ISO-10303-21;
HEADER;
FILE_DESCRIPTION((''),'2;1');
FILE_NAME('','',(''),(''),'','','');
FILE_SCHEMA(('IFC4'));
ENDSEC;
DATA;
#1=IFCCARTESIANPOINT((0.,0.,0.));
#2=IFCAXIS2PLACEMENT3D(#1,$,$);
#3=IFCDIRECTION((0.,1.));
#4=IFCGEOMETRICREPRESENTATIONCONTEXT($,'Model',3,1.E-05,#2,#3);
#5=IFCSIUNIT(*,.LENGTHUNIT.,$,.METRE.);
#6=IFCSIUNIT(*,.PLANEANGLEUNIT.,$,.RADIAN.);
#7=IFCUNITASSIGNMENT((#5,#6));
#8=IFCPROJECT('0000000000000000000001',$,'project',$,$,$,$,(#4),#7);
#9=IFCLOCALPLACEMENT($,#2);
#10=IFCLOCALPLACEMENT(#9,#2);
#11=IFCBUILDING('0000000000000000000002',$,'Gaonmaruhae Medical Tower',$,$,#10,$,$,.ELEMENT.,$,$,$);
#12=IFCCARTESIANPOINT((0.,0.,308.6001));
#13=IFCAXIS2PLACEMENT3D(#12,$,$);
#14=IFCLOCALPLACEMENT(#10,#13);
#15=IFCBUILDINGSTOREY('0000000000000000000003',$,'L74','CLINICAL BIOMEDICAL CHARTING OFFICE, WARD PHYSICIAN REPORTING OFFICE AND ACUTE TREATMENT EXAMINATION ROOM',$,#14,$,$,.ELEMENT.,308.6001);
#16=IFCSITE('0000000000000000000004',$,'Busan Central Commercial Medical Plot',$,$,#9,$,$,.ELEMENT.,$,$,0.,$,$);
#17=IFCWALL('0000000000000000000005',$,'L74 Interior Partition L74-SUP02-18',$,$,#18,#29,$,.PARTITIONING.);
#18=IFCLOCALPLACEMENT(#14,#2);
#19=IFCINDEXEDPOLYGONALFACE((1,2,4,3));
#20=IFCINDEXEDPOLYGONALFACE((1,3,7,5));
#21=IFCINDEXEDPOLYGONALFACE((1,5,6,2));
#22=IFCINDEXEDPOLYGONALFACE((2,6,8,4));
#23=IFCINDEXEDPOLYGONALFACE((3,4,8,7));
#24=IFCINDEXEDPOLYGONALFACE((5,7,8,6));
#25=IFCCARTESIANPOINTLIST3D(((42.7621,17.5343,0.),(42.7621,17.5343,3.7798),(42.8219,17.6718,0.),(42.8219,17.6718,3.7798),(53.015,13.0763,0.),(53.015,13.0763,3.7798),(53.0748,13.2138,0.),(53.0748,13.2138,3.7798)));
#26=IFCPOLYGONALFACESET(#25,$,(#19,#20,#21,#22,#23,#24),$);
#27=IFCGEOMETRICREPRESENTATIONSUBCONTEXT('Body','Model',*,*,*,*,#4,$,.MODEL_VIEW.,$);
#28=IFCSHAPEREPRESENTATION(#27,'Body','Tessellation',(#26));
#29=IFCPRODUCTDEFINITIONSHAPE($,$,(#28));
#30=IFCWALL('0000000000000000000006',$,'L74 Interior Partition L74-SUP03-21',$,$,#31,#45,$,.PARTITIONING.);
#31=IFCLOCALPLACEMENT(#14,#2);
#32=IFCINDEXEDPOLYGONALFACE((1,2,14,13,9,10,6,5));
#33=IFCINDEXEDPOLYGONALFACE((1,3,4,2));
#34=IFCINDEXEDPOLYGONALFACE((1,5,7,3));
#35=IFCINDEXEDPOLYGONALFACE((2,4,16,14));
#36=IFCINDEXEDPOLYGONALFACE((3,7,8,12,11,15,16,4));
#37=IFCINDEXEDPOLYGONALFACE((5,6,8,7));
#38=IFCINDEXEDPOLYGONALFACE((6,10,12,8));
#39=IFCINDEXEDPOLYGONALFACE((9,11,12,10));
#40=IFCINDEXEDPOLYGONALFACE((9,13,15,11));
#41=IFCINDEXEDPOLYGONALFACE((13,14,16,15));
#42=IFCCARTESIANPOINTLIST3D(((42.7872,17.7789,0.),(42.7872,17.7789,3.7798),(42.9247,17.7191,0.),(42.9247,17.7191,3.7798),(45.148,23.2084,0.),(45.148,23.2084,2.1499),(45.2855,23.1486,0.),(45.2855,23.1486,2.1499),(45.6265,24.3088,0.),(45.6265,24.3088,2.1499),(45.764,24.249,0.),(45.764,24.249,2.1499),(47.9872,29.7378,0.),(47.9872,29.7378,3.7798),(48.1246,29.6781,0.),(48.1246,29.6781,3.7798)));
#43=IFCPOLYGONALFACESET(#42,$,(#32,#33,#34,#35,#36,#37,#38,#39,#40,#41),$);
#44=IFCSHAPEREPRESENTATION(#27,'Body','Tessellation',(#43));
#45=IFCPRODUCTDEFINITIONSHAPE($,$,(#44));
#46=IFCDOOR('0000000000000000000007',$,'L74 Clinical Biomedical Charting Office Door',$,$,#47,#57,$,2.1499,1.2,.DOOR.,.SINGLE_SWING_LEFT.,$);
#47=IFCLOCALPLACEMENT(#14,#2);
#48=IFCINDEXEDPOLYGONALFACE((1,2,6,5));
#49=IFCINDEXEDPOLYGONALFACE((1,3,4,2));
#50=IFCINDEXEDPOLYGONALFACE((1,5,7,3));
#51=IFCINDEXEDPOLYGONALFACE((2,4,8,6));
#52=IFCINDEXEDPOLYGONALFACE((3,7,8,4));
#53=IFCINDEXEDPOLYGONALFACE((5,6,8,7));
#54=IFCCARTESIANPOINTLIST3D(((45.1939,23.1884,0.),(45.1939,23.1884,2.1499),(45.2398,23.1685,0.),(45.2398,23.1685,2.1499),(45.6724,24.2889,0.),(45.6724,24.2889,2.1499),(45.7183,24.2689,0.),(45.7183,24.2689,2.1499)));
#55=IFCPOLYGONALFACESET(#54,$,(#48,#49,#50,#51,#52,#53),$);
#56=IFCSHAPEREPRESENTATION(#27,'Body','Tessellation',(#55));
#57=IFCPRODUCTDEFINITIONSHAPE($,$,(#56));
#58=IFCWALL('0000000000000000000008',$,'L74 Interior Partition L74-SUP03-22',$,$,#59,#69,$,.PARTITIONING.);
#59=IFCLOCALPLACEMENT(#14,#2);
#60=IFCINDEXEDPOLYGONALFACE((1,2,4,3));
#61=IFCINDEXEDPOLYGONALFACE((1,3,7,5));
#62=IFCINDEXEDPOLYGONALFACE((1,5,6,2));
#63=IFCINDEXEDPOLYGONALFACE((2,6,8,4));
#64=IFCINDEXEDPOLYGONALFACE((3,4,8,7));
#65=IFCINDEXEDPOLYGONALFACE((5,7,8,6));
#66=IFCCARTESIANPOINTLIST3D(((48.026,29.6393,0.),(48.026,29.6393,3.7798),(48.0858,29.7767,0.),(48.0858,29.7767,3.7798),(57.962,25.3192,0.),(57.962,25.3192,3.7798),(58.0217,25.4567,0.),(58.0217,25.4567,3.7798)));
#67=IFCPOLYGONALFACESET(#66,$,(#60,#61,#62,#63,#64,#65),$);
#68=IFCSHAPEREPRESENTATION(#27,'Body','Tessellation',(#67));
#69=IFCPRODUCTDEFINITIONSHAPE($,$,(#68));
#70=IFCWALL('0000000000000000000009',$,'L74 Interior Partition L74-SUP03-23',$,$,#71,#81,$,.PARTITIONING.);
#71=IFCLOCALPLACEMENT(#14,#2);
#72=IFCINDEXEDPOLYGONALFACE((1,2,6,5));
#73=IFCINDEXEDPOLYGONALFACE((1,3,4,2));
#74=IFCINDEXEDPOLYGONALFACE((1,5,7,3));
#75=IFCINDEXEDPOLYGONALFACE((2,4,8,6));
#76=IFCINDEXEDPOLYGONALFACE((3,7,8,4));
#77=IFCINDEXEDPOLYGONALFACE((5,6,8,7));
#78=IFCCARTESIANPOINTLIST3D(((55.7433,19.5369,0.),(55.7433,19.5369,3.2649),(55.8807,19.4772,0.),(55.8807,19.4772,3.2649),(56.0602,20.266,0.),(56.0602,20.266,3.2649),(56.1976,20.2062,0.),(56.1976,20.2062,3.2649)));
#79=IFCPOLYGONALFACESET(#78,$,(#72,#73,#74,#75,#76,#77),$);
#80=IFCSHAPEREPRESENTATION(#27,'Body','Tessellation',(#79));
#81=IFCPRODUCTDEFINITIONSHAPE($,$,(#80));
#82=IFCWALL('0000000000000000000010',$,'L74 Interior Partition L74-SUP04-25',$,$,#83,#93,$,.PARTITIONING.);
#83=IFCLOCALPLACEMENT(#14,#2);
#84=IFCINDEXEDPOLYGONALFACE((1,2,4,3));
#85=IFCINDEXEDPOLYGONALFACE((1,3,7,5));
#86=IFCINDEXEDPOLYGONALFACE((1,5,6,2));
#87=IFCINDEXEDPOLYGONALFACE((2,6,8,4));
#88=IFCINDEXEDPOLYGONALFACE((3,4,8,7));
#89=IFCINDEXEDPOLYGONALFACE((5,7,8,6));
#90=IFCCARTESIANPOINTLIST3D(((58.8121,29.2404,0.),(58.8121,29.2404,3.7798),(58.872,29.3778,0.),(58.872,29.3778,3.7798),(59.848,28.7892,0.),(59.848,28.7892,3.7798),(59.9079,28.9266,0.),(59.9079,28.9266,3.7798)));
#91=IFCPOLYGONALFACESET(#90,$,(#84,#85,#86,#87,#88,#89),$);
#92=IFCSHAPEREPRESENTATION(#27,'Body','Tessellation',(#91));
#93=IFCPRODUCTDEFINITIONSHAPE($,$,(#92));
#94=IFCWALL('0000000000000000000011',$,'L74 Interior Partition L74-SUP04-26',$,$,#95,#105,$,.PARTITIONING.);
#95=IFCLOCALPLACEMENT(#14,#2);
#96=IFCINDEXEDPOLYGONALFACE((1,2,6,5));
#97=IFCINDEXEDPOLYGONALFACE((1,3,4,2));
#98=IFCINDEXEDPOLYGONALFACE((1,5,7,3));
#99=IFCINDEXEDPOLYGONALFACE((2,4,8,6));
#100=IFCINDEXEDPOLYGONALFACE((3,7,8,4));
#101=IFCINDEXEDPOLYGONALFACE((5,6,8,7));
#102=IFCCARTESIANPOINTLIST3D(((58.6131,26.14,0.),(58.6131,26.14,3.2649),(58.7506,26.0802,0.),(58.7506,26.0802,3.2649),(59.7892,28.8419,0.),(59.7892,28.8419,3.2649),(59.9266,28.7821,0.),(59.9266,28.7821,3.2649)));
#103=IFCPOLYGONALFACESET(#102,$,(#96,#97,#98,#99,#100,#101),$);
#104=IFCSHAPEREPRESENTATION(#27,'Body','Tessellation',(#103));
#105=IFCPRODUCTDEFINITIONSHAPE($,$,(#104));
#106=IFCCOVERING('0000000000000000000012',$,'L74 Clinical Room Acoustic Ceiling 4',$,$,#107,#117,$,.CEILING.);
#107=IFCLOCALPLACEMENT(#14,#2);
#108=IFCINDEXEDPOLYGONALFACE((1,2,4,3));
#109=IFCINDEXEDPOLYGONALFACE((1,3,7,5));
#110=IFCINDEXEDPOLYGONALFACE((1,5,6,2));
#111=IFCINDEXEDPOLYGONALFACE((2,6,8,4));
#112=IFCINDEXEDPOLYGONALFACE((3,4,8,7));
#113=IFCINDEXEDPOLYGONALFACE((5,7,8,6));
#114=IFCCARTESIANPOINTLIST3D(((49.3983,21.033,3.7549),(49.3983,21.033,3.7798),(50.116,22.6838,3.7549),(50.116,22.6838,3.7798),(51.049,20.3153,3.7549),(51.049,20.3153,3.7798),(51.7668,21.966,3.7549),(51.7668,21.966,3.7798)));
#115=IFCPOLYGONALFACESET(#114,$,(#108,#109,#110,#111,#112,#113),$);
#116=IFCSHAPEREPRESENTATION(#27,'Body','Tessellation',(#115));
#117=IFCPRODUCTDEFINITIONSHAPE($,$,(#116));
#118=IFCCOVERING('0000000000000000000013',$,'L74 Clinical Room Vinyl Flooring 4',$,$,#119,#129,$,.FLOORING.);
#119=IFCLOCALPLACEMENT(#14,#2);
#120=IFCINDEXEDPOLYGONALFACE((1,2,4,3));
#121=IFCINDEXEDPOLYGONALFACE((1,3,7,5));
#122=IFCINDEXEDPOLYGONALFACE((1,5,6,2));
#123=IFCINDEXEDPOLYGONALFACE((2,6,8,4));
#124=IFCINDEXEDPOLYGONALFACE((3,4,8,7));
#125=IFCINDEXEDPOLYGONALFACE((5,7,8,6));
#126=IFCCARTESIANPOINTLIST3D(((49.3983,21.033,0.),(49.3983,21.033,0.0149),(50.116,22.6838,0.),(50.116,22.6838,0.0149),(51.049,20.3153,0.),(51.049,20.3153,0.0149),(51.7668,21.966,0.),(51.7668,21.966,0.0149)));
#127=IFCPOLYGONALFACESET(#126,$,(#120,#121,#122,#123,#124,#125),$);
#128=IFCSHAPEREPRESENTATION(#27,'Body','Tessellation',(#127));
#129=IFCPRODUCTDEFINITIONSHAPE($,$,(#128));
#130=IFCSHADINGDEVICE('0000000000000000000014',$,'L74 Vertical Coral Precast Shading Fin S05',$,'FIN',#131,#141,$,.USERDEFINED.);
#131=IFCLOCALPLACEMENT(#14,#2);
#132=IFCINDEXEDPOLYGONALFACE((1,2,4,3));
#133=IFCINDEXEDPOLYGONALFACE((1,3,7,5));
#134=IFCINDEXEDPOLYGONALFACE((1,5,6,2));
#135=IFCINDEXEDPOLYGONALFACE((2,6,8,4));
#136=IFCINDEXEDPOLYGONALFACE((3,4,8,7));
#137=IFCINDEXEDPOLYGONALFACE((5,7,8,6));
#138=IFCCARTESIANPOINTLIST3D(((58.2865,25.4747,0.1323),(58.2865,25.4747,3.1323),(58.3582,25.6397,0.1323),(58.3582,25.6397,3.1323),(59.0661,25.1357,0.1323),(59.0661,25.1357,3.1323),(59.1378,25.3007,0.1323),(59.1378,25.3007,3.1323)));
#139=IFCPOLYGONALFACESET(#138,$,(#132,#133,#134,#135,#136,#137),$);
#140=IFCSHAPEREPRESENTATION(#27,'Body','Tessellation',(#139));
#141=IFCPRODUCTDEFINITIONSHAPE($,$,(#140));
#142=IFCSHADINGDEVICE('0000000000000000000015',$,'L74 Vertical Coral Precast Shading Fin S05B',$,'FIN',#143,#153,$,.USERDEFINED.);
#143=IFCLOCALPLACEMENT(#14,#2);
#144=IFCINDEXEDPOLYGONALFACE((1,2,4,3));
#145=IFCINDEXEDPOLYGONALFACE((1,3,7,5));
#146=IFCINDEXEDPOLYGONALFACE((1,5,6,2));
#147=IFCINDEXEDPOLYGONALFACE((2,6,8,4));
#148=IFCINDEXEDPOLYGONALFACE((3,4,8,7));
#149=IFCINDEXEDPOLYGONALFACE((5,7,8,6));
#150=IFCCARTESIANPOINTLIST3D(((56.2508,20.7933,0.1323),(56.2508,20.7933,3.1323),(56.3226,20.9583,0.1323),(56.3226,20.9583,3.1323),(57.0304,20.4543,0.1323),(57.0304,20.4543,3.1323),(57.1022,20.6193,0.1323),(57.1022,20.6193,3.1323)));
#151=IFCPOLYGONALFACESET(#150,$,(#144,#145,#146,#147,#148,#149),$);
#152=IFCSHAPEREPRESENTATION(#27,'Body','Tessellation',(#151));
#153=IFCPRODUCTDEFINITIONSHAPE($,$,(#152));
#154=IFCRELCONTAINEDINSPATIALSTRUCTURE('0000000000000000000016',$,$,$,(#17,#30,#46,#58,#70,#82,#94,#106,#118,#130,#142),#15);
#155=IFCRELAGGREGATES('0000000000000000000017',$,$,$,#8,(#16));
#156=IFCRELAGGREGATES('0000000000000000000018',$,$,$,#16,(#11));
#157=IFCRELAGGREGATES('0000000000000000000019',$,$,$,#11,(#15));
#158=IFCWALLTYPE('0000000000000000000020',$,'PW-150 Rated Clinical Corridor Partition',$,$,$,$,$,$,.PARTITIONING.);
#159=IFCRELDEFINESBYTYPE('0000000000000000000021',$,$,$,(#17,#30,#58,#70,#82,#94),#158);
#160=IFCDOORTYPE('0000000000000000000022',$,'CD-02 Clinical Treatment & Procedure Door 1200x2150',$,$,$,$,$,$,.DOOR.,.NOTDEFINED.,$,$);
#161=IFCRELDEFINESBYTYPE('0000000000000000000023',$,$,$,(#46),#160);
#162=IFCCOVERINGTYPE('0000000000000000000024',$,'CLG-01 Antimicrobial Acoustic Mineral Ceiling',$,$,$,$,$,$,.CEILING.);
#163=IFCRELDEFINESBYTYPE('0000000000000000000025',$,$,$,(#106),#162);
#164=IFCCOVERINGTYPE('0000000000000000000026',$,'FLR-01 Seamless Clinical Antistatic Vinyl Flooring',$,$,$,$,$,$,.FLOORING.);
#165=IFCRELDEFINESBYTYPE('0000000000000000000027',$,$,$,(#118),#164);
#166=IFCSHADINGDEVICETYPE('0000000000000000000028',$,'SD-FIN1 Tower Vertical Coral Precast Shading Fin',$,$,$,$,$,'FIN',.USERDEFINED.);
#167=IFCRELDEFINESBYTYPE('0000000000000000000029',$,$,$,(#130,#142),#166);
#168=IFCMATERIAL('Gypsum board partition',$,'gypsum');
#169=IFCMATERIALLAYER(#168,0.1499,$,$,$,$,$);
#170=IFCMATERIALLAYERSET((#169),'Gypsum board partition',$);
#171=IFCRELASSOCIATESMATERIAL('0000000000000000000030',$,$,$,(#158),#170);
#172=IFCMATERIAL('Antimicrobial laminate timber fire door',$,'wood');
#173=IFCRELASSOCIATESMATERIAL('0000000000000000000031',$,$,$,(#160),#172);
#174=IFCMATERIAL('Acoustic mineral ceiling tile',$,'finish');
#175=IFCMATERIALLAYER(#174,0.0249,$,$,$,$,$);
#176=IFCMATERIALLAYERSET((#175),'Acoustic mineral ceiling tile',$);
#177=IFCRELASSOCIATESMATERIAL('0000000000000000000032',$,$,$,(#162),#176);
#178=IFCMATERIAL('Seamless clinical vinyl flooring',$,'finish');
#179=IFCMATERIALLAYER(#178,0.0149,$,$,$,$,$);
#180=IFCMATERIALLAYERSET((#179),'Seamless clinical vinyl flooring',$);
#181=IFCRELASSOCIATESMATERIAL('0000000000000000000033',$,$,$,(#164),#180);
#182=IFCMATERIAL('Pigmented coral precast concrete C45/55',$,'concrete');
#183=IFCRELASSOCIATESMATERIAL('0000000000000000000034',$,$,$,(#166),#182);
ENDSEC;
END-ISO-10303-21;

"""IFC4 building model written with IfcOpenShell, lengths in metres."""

from ifc_helpers import new_model, si_unit, direction, frame, frame_2d, origin, origin_2d, place, context, subcontext, project, spatial, rectangle, extrude, material, layer, layer_set, type_object, element, fill, save


model = new_model("IFC4")

# Units and contexts
model_context = context("Model", 3, precision=1e-05, world=origin(), true_north=direction((0.0, 1.0)))
body_context = subcontext(model_context, "Body", "Model", "MODEL_VIEW")
ifc_project = project(units=[si_unit("LENGTHUNIT", "METRE"), si_unit("PLANEANGLEUNIT", "RADIAN")], contexts=[model_context])

# Site, building, storey
site_placement = place(None, origin())
site = spatial("IfcSite", under=ifc_project, at=site_placement, Name="Busan Central Commercial Medical Plot", CompositionType="ELEMENT", RefElevation=0.0)
building_placement = place(site_placement, origin())
building = spatial("IfcBuilding", under=site, at=building_placement, Name="Gaonmaruhae Medical Tower", CompositionType="ELEMENT")
storey_placement = place(building_placement, frame((0.0, 0.0, 308.6001)))
storey = spatial("IfcBuildingStorey", under=building, at=storey_placement, Name="L74", Description="CLINICAL BIOMEDICAL CHARTING OFFICE, WARD PHYSICIAN REPORTING OFFICE AND ACUTE TREATMENT EXAMINATION ROOM", CompositionType="ELEMENT", Elevation=308.6001)

# Wall
ifc_material_1 = material(Name="Gypsum board partition", Category="gypsum")
ifc_layer_1 = layer(ifc_material_1, 0.1499)
ifc_layer_set_1 = layer_set([ifc_layer_1], Name="Gypsum board partition")
wall_type_1 = type_object("IfcWallType", Name="PW-150 Rated Clinical Corridor Partition", PredefinedType="PARTITIONING", material=ifc_layer_set_1)
wall_1_placement = place(storey_placement, frame((42.792, 17.603, 0.0), z_axis=(0.0, 0.0, 1.0), x_axis=(0.917063, -0.398742, 0.0)))
element("IfcWall", 1, at=wall_1_placement, inside=storey, type_object=wall_type_1, Name="L74 Interior Partition L74-SUP02-18", PredefinedType="PARTITIONING", context=body_context, shape_type="SweptSolid", body=[
    extrude(rectangle(XDim=11.1802, YDim=0.1499, at=frame_2d((5.5901, 0.0))), origin(), (0.0, 0.0, 1.0), 3.7798),
])

# Wall, opening, door
wall_2_placement = place(storey_placement, frame((42.856, 17.749, 0.0), z_axis=(0.0, 0.0, 1.0), x_axis=(0.398751, 0.917059, 0.0)))
wall_2 = element("IfcWall", 2, at=wall_2_placement, inside=storey, type_object=wall_type_1, Name="L74 Interior Partition L74-SUP03-21", PredefinedType="PARTITIONING", context=body_context, shape_type="SweptSolid", body=[
    extrude(rectangle(XDim=13.0405, YDim=0.1499, at=frame_2d((6.5203, 0.0))), origin(), (0.0, 0.0, 1.0), 3.7798),
])
opening_1_placement = place(wall_2_placement, frame((5.9204, 0.0, 0.0)))
opening_1 = element("IfcOpeningElement", 3, at=opening_1_placement, cuts=wall_2, PredefinedType="OPENING", context=body_context, shape_type="SweptSolid", body=[
    extrude(rectangle(XDim=1.2, YDim=2.1499, at=frame_2d((0.6001, 1.075))), frame((0.0, 0.085, 0.0), z_axis=(0.0, -1.0, 0.0), x_axis=(1.0, 0.0, 0.0)), (0.0, 0.0, 1.0), 0.1699),
])
ifc_material_2 = material(Name="Antimicrobial laminate timber fire door", Category="wood")
door_type = type_object("IfcDoorType", Name="CD-02 Clinical Treatment & Procedure Door 1200x2150", OperationType="NOTDEFINED", PredefinedType="DOOR", material=ifc_material_2)
door_placement = place(opening_1_placement, origin())
door = element("IfcDoor", 4, at=door_placement, inside=storey, type_object=door_type, Name="L74 Clinical Biomedical Charting Office Door", OperationType="SINGLE_SWING_LEFT", OverallHeight=2.1499, OverallWidth=1.2, PredefinedType="DOOR", context=body_context, shape_type="SweptSolid", body=[
    extrude(rectangle(XDim=1.2, YDim=2.1499, at=frame_2d((0.6001, 1.075))), frame((0.0, 0.0249, 0.0), z_axis=(0.0, -1.0, 0.0), x_axis=(1.0, 0.0, 0.0)), (0.0, 0.0, 1.0), 0.05),
])
fill(opening_1, door)

# Walls
wall_3_placement = place(storey_placement, frame((48.0559, 29.708, 0.0), z_axis=(0.0, 0.0, 1.0), x_axis=(0.917068, -0.39873, 0.0)))
element("IfcWall", 5, at=wall_3_placement, inside=storey, type_object=wall_type_1, Name="L74 Interior Partition L74-SUP03-22", PredefinedType="PARTITIONING", context=body_context, shape_type="SweptSolid", body=[
    extrude(rectangle(XDim=10.8345, YDim=0.1499, at=frame_2d((5.4172, 0.0))), origin(), (0.0, 0.0, 1.0), 3.7798),
])
wall_4_placement = place(storey_placement, frame((56.1289, 20.2361, 0.0), z_axis=(0.0, 0.0, 1.0), x_axis=(-0.398659, -0.917099, 0.0)))
element("IfcWall", 6, at=wall_4_placement, inside=storey, type_object=wall_type_1, Name="L74 Interior Partition L74-SUP03-23", PredefinedType="PARTITIONING", context=body_context, shape_type="SweptSolid", body=[
    extrude(rectangle(XDim=0.7949, YDim=0.1499, at=frame_2d((0.3975, 0.0))), origin(), (0.0, 0.0, 1.0), 3.2649),
])
wall_5_placement = place(storey_placement, frame((58.842, 29.3091, 0.0), z_axis=(0.0, 0.0, 1.0), x_axis=(0.916816, -0.399311, 0.0)))
element("IfcWall", 7, at=wall_5_placement, inside=storey, type_object=wall_type_1, Name="L74 Interior Partition L74-SUP04-25", PredefinedType="PARTITIONING", context=body_context, shape_type="SweptSolid", body=[
    extrude(rectangle(XDim=1.1299, YDim=0.1499, at=frame_2d((0.5649, 0.0))), origin(), (0.0, 0.0, 1.0), 3.7798),
])
wall_6_placement = place(storey_placement, frame((59.8579, 28.812, 0.0), z_axis=(0.0, 0.0, 1.0), x_axis=(-0.399093, -0.916911, 0.0)))
element("IfcWall", 8, at=wall_6_placement, inside=storey, type_object=wall_type_1, Name="L74 Interior Partition L74-SUP04-26", PredefinedType="PARTITIONING", context=body_context, shape_type="SweptSolid", body=[
    extrude(rectangle(XDim=2.9468, YDim=0.1499, at=frame_2d((1.4734, 0.0))), origin(), (0.0, 0.0, 1.0), 3.2649),
])

# Coverings
ifc_material_3 = material(Name="Acoustic mineral ceiling tile", Category="finish")
ifc_layer_2 = layer(ifc_material_3, 0.0249)
ifc_layer_set_2 = layer_set([ifc_layer_2], Name="Acoustic mineral ceiling tile")
covering_type_1 = type_object("IfcCoveringType", Name="CLG-01 Antimicrobial Acoustic Mineral Ceiling", PredefinedType="CEILING", material=ifc_layer_set_2)
covering_1_placement = place(storey_placement, frame((50.5825, 21.4995, 3.7549), z_axis=(0.0, 0.0, 1.0), x_axis=(0.398749, 0.91706, 0.0)))
element("IfcCovering", 9, at=covering_1_placement, inside=storey, type_object=covering_type_1, Name="L74 Clinical Room Acoustic Ceiling 4", PredefinedType="CEILING", context=body_context, shape_type="SweptSolid", body=[
    extrude(rectangle(XDim=1.8, YDim=1.8, at=origin_2d()), origin(), (0.0, 0.0, 1.0), 0.0249),
])
ifc_material_4 = material(Name="Seamless clinical vinyl flooring", Category="finish")
ifc_layer_3 = layer(ifc_material_4, 0.0149)
ifc_layer_set_3 = layer_set([ifc_layer_3], Name="Seamless clinical vinyl flooring")
covering_type_2 = type_object("IfcCoveringType", Name="FLR-01 Seamless Clinical Antistatic Vinyl Flooring", PredefinedType="FLOORING", material=ifc_layer_set_3)
covering_2_placement = place(storey_placement, frame((50.5825, 21.4995, 0.0), z_axis=(0.0, 0.0, 1.0), x_axis=(0.398749, 0.91706, 0.0)))
element("IfcCovering", 10, at=covering_2_placement, inside=storey, type_object=covering_type_2, Name="L74 Clinical Room Vinyl Flooring 4", PredefinedType="FLOORING", context=body_context, shape_type="SweptSolid", body=[
    extrude(rectangle(XDim=1.8, YDim=1.8, at=origin_2d()), origin(), (0.0, 0.0, 1.0), 0.0149),
])

# Shading devices
ifc_material_5 = material(Name="Pigmented coral precast concrete C45/55", Category="concrete")
shading_device_type = type_object("IfcShadingDeviceType", Name="SD-FIN1 Tower Vertical Coral Precast Shading Fin", ElementType="FIN", PredefinedType="USERDEFINED", material=ifc_material_5)
for number, where, z_axis, x_axis, name in (
    (11, (58.7122, 25.3877, 0.1323), (0.0, 0.0, 1.0), (-0.398749, -0.91706, 0.0), "L74 Vertical Coral Precast Shading Fin S05"),
    (12, (56.6765, 20.7063, 0.1323), (0.0, 0.0, 1.0), (-0.398749, -0.91706, 0.0), "L74 Vertical Coral Precast Shading Fin S05B"),
):
    element("IfcShadingDevice", number, at=place(storey_placement, frame(where, z_axis=z_axis, x_axis=x_axis)), inside=storey, type_object=shading_device_type, Name=name, ObjectType="FIN", PredefinedType="USERDEFINED", context=body_context, shape_type="SweptSolid", body=[
        extrude(rectangle(XDim=0.1799, YDim=0.8501, at=origin_2d()), origin(), (0.0, 0.0, 1.0), 3.0),
    ])

save(model, "model.ifc")
